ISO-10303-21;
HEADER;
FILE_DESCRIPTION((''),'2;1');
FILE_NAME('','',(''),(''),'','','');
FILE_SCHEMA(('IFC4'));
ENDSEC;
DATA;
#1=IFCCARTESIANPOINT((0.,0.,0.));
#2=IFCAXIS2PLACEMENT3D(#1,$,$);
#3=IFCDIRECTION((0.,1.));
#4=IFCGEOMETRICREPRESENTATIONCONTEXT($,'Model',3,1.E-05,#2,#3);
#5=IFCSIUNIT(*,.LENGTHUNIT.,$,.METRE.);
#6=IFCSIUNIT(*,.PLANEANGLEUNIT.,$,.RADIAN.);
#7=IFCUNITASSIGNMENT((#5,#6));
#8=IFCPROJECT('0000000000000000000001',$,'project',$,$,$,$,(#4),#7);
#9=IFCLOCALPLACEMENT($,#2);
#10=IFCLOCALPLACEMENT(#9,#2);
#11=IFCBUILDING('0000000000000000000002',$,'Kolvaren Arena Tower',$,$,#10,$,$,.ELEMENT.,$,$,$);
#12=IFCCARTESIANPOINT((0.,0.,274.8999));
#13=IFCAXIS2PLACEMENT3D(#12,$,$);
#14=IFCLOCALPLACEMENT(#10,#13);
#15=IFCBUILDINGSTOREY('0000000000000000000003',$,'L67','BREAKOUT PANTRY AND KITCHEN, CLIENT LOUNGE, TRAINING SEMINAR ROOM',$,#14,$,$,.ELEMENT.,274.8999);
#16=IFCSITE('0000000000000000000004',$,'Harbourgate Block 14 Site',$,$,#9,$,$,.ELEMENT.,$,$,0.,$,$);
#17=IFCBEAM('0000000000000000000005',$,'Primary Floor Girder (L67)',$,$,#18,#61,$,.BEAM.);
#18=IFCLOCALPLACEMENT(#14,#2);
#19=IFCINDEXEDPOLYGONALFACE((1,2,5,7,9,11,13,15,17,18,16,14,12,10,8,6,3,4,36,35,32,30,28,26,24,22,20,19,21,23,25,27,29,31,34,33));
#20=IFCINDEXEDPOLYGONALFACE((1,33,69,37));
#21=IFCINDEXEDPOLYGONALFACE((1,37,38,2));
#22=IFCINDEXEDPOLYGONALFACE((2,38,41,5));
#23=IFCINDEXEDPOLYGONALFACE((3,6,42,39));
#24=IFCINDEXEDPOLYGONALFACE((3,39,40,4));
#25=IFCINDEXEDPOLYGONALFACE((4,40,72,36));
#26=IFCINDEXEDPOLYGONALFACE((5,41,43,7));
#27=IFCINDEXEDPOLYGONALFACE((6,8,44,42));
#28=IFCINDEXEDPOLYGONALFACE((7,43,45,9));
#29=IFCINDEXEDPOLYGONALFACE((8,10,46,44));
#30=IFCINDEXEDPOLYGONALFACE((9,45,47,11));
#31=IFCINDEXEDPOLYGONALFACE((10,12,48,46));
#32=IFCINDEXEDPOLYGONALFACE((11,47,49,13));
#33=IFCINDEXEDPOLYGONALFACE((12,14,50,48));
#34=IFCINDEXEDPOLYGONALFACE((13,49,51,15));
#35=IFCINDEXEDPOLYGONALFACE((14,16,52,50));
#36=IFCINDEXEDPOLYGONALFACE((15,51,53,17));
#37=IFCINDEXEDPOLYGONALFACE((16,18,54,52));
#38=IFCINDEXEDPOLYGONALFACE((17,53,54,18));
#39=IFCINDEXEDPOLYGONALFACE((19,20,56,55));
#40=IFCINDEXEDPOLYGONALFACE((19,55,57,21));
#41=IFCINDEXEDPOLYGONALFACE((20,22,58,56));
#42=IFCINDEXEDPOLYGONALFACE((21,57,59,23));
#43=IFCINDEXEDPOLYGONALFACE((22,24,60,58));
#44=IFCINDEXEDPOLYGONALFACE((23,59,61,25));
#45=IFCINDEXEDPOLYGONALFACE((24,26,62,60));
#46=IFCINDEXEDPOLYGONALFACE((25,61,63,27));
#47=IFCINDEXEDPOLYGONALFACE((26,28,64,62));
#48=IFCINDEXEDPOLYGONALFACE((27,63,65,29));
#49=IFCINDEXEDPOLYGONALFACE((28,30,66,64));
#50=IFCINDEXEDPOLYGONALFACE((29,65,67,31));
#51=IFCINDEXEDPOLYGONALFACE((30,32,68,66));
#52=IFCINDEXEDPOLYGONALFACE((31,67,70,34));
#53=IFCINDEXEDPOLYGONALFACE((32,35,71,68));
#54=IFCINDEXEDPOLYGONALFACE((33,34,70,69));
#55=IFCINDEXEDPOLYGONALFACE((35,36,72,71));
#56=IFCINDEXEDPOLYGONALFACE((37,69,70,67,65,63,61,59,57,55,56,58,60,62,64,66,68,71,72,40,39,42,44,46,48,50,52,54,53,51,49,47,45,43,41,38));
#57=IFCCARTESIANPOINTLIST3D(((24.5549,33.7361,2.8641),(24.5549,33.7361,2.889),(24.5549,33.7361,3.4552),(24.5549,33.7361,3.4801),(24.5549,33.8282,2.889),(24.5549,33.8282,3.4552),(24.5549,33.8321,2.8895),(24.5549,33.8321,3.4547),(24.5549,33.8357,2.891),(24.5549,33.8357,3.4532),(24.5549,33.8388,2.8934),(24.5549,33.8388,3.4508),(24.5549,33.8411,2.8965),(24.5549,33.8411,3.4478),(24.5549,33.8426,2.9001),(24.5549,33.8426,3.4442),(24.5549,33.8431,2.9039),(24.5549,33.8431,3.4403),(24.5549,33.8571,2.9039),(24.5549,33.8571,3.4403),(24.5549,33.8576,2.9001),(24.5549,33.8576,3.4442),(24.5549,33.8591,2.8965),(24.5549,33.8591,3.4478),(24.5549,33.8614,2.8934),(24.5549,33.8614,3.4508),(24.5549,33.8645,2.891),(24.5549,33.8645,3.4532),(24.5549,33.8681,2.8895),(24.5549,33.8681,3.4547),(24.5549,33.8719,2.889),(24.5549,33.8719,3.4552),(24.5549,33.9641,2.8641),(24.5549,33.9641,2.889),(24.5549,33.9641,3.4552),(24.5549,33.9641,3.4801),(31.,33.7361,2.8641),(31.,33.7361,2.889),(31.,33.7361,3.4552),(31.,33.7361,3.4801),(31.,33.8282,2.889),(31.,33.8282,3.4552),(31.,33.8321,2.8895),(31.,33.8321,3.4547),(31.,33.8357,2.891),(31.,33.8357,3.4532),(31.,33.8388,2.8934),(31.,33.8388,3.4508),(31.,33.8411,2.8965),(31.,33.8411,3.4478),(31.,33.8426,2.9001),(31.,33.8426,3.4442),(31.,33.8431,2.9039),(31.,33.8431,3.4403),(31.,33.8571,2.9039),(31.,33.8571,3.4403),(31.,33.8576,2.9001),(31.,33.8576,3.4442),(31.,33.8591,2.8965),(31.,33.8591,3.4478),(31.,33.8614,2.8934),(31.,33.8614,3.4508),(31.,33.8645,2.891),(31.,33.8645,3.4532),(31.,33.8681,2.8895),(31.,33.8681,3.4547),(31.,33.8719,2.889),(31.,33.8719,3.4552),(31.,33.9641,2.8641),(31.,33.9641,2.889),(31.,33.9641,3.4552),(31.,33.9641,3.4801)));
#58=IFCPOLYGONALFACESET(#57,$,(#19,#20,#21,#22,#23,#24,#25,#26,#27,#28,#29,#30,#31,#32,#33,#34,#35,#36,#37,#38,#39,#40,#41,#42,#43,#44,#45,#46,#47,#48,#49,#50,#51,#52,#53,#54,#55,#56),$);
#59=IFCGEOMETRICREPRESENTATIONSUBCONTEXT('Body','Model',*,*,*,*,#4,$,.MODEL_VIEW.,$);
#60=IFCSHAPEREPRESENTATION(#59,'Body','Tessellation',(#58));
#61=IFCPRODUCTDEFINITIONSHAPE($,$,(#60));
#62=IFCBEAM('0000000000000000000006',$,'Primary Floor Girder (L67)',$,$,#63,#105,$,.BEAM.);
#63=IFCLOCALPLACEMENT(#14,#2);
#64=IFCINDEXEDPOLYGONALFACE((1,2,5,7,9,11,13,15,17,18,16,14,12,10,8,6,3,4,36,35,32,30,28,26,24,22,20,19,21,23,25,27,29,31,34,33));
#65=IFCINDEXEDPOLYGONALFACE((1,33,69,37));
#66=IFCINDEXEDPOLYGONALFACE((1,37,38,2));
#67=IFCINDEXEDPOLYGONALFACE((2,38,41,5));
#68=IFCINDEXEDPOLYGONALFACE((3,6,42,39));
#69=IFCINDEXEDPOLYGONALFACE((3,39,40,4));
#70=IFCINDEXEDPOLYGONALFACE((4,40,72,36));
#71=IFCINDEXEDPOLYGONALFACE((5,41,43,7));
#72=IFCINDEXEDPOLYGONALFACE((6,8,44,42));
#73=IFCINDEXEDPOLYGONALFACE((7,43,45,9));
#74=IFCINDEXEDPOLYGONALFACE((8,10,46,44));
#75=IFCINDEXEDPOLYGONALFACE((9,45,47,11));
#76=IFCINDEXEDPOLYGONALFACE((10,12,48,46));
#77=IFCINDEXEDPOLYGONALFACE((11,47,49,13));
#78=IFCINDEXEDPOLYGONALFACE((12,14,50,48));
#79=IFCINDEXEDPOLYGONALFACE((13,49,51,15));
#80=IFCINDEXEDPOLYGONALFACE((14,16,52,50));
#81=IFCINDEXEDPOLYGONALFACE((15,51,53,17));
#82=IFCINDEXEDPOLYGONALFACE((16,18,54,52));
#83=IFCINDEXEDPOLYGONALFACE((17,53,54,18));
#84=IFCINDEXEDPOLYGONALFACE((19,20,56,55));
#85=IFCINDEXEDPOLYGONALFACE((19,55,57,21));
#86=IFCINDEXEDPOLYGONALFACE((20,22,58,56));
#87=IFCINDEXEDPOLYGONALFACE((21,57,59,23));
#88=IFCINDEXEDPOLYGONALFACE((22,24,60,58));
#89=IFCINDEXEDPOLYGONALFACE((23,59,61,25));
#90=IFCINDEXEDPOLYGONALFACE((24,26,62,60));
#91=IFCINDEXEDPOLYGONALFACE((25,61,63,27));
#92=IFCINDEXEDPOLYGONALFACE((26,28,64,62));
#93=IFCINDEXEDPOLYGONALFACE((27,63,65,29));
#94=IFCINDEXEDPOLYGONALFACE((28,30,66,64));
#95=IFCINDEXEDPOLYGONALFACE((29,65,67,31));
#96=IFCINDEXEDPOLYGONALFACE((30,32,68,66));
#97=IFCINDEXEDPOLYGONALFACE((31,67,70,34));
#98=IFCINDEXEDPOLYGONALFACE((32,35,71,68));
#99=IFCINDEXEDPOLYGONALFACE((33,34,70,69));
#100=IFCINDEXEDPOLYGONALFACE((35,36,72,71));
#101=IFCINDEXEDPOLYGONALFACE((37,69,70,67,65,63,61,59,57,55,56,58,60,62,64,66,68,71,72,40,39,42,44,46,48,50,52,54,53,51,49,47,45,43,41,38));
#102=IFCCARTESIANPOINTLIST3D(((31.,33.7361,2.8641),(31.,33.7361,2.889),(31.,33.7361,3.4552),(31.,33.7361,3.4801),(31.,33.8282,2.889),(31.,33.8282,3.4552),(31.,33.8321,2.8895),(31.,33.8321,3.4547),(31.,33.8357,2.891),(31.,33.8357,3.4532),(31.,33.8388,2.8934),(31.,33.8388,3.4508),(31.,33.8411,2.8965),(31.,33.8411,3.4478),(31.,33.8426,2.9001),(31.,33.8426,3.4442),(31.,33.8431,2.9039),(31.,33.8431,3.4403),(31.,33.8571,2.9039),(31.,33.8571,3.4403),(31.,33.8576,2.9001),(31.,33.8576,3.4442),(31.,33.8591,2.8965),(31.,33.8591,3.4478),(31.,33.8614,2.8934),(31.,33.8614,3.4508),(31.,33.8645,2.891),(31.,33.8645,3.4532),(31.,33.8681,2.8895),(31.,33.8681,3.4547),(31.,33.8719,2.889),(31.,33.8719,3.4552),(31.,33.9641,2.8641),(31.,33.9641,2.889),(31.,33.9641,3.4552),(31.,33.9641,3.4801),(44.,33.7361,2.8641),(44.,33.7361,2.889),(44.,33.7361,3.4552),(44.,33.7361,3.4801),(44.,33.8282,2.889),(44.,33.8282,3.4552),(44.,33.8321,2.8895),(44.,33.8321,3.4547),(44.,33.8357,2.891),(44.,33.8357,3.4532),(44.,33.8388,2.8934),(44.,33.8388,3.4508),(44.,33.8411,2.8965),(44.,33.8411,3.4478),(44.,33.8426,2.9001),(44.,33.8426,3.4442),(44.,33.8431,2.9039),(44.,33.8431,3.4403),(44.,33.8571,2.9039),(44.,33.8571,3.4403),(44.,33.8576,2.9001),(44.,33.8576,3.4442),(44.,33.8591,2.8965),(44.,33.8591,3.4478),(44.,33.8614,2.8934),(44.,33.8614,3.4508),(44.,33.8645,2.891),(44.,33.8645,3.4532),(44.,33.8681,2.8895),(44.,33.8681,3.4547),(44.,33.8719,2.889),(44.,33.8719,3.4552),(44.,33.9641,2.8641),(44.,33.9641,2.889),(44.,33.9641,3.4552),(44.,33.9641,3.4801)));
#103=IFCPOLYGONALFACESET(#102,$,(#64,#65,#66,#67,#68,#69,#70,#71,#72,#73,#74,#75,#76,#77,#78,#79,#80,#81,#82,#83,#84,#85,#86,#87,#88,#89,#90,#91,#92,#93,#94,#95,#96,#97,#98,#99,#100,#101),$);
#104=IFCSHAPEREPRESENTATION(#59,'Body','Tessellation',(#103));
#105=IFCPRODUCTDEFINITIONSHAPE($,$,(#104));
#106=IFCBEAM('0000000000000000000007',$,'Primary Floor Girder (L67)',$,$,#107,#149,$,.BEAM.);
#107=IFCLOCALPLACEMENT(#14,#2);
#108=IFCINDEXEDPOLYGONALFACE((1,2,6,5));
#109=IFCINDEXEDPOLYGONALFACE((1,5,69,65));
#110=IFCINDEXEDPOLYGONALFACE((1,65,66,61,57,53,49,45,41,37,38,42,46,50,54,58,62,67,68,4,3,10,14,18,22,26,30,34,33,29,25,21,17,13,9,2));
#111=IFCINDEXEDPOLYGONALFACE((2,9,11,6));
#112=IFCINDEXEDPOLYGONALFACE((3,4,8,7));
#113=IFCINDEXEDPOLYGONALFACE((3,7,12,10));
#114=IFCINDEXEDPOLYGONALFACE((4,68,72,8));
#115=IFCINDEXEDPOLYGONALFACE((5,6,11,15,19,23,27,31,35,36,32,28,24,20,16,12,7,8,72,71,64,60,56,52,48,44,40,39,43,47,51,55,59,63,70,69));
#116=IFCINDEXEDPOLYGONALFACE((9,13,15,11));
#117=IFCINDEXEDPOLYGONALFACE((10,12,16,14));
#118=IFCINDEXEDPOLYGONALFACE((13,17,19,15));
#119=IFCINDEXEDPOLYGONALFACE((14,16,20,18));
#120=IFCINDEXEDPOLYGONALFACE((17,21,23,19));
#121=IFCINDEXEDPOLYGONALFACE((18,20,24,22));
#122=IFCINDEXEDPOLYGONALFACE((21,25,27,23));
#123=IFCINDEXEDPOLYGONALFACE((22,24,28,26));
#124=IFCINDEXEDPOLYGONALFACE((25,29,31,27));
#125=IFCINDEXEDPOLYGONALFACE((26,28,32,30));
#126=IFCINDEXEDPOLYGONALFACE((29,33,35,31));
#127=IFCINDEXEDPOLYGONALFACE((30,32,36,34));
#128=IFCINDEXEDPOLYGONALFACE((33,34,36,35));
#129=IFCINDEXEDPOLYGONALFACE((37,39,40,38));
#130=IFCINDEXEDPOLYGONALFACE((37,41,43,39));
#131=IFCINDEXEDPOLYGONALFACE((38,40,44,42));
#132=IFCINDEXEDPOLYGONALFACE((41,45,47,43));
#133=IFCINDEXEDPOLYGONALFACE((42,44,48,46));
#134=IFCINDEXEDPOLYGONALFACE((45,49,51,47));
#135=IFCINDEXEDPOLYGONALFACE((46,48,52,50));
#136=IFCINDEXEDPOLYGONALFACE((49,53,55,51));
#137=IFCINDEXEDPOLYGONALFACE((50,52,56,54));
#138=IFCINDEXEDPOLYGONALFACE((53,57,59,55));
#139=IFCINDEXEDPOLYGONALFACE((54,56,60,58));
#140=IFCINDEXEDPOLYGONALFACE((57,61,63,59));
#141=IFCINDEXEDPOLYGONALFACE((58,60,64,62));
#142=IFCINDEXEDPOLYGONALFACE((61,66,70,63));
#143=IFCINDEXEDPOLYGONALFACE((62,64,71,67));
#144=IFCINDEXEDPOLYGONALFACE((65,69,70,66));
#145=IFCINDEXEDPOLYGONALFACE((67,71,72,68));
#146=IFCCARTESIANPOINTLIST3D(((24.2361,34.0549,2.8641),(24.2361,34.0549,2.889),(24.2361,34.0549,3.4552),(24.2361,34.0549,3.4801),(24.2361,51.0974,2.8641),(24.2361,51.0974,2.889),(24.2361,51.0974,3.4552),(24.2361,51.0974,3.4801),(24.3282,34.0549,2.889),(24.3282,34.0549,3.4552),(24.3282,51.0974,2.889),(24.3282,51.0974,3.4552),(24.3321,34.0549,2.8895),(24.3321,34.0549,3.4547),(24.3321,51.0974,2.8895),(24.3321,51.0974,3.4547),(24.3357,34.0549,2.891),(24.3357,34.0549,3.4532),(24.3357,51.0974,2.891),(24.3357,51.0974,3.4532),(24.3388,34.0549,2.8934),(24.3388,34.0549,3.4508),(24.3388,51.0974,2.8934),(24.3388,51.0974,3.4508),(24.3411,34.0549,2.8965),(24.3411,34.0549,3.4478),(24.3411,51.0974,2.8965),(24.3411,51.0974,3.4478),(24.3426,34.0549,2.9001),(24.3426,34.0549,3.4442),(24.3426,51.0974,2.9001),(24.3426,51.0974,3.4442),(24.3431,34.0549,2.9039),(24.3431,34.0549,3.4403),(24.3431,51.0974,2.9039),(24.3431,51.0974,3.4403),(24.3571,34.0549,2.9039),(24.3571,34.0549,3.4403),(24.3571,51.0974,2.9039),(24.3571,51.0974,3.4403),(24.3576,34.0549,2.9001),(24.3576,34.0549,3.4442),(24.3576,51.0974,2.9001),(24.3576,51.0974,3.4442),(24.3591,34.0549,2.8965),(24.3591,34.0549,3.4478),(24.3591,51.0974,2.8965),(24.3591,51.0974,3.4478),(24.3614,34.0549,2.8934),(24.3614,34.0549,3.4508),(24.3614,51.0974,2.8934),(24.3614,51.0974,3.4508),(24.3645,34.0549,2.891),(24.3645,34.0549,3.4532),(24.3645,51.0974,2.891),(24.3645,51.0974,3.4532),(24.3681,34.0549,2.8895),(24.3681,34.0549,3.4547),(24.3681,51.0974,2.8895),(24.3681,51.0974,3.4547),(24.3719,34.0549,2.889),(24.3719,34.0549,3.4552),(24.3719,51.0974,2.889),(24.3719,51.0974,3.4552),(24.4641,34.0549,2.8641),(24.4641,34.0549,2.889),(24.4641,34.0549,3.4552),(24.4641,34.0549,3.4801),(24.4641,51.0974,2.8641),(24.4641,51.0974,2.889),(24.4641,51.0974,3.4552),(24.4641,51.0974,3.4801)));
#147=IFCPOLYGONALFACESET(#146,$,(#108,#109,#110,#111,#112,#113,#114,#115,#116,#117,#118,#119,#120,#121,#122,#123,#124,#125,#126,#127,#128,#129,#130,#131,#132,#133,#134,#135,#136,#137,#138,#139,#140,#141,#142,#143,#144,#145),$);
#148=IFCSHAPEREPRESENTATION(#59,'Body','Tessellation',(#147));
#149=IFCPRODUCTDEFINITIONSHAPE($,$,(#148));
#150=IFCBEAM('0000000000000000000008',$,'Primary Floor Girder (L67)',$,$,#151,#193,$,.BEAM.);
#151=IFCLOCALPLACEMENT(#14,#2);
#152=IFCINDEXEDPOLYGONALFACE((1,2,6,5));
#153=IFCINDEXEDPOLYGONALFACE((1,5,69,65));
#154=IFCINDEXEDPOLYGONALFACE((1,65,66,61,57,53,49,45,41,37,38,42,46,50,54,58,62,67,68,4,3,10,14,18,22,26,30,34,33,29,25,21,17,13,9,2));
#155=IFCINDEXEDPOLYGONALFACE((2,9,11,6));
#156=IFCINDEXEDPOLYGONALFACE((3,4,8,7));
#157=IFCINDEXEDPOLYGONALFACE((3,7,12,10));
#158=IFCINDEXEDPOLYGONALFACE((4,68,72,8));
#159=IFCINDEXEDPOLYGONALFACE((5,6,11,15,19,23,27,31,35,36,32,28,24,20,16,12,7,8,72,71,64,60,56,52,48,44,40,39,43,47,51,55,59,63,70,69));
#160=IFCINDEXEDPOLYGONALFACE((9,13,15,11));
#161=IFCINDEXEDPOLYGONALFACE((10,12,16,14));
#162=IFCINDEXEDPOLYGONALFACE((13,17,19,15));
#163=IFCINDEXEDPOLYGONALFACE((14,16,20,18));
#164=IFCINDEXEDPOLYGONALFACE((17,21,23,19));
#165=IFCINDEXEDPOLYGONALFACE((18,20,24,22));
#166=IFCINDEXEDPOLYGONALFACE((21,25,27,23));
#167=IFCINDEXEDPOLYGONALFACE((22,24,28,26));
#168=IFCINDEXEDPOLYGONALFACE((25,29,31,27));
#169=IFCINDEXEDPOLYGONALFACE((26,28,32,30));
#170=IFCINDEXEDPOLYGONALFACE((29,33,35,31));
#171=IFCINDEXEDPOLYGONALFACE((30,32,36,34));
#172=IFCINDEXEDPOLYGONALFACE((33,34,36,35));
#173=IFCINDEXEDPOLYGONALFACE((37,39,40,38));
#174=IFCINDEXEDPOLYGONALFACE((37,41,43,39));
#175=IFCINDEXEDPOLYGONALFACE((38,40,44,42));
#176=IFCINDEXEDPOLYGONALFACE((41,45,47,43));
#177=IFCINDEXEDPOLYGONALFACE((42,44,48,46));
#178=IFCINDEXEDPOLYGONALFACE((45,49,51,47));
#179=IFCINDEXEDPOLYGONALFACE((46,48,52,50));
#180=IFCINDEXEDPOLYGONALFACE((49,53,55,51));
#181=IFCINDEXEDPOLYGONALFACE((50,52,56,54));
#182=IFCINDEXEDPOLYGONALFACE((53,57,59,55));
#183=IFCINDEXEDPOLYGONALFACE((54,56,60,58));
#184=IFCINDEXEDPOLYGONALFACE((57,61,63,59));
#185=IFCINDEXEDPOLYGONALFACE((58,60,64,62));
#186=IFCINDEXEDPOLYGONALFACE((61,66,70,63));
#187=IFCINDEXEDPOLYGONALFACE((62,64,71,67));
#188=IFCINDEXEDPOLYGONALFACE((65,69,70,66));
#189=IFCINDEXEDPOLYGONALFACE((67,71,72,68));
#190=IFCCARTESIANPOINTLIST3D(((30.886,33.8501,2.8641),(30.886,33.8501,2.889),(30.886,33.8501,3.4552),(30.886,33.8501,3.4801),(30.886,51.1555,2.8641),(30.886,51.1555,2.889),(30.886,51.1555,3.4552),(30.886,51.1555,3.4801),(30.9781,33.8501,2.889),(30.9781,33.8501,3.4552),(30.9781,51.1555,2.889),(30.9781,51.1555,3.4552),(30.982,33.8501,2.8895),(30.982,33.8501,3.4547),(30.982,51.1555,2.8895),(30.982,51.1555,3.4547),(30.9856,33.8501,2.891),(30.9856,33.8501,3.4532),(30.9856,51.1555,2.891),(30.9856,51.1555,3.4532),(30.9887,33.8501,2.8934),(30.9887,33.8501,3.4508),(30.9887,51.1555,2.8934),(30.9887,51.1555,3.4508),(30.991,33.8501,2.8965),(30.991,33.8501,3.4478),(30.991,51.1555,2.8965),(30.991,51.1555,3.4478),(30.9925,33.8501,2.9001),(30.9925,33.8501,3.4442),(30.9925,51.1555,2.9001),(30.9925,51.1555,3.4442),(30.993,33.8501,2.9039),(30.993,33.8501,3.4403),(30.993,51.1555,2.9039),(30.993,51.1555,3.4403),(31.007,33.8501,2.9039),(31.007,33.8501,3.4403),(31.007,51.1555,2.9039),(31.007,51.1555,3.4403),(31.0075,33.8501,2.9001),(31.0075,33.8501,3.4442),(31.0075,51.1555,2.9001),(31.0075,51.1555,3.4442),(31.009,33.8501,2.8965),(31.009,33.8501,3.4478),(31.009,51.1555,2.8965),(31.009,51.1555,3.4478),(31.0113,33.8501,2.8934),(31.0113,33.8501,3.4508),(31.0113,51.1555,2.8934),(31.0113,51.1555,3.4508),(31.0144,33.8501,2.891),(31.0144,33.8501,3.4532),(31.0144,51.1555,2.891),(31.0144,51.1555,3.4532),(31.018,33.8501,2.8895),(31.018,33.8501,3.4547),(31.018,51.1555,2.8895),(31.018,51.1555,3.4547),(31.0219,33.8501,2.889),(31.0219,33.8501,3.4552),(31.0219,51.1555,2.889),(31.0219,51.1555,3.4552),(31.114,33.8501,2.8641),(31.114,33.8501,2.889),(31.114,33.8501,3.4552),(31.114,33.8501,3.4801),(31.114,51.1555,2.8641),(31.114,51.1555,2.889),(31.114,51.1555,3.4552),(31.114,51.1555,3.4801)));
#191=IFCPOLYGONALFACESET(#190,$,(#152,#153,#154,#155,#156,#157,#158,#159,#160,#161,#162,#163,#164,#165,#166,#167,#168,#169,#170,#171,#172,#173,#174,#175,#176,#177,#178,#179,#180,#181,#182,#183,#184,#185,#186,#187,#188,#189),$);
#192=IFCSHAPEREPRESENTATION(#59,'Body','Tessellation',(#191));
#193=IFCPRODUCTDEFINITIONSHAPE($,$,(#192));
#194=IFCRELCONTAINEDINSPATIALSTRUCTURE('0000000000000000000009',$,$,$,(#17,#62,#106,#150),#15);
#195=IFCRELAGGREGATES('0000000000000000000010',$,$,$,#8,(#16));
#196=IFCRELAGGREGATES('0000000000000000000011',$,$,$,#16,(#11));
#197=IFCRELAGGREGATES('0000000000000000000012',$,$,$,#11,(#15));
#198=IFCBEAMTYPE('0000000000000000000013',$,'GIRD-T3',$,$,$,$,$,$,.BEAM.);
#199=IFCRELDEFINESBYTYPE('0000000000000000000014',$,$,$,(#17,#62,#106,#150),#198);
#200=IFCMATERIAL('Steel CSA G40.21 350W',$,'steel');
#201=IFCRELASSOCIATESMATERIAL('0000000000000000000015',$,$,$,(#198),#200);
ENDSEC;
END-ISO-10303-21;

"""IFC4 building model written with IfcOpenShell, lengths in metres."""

from ifc_helpers import new_model, si_unit, direction, frame, origin, origin_2d, place, context, subcontext, project, spatial, i_section, extrude, material, material_profile, profile_set, type_object, element, save


model = new_model("IFC4")

# Units and contexts
model_context = context("Model", 3, precision=1e-05, world=origin(), true_north=direction((0.0, 1.0)))
body_context = subcontext(model_context, "Body", "Model", "MODEL_VIEW")
ifc_project = project(units=[si_unit("LENGTHUNIT", "METRE"), si_unit("PLANEANGLEUNIT", "RADIAN")], contexts=[model_context])

# Site, building, storey
site_placement = place(None, origin())
site = spatial("IfcSite", under=ifc_project, at=site_placement, Name="Harbourgate Block 14 Site", CompositionType="ELEMENT", RefElevation=0.0)
building_placement = place(site_placement, origin())
building = spatial("IfcBuilding", under=site, at=building_placement, Name="Kolvaren Arena Tower", CompositionType="ELEMENT")
storey_placement = place(building_placement, frame((0.0, 0.0, 274.8999)))
storey = spatial("IfcBuildingStorey", under=building, at=storey_placement, Name="L67", Description="BREAKOUT PANTRY AND KITCHEN, CLIENT LOUNGE, TRAINING SEMINAR ROOM", CompositionType="ELEMENT", Elevation=274.8999)

# Beams
ifc_material_1 = material(Name="Steel CSA G40.21 350W", Category="steel")
ifc_material_profile_1 = material_profile(ifc_material_1, i_section(OverallWidth=0.228, OverallDepth=0.616, WebThickness=0.0139, FlangeThickness=0.0249, FilletRadius=0.0149, at=origin_2d()), Name="W610x174")
ifc_profile_set_1 = profile_set([ifc_material_profile_1], Name="Steel CSA G40.21 350W")
beam_type_1 = type_object("IfcBeamType", Name="GIRD-T3", PredefinedType="BEAM", material=ifc_profile_set_1)
beam_1_placement = place(storey_placement, frame((24.5549, 33.8501, 3.1721), z_axis=(1.0, 0.0, 0.0), x_axis=(0.0, 1.0, 0.0)))
element("IfcBeam", 1, at=beam_1_placement, inside=storey, type_object=beam_type_1, Name="Primary Floor Girder (L67)", PredefinedType="BEAM", context=body_context, shape_type="SweptSolid", body=[
    extrude(i_section(OverallWidth=0.228, OverallDepth=0.616, WebThickness=0.0139, FlangeThickness=0.0249, FilletRadius=0.0149, at=origin_2d()), origin(), (0.0, 0.0, 1.0), 6.4451),
])
beam_2_placement = place(storey_placement, frame((31.0, 33.8501, 3.1721), z_axis=(1.0, 0.0, 0.0), x_axis=(0.0, 1.0, 0.0)))
element("IfcBeam", 2, at=beam_2_placement, inside=storey, type_object=beam_type_1, Name="Primary Floor Girder (L67)", PredefinedType="BEAM", context=body_context, shape_type="SweptSolid", body=[
    extrude(i_section(OverallWidth=0.228, OverallDepth=0.616, WebThickness=0.0139, FlangeThickness=0.0249, FilletRadius=0.0149, at=origin_2d()), origin(), (0.0, 0.0, 1.0), 13.0),
])
beam_3_placement = place(storey_placement, frame((24.3501, 34.0549, 3.1721), z_axis=(0.0, 1.0, 0.0), x_axis=(-1.0, 0.0, 0.0)))
element("IfcBeam", 3, at=beam_3_placement, inside=storey, type_object=beam_type_1, Name="Primary Floor Girder (L67)", PredefinedType="BEAM", context=body_context, shape_type="SweptSolid", body=[
    extrude(i_section(OverallWidth=0.228, OverallDepth=0.616, WebThickness=0.0139, FlangeThickness=0.0249, FilletRadius=0.0149, at=origin_2d()), origin(), (0.0, 0.0, 1.0), 17.0425),
])
beam_4_placement = place(storey_placement, frame((31.0, 33.8501, 3.1721), z_axis=(0.0, 1.0, 0.0), x_axis=(-1.0, 0.0, 0.0)))
element("IfcBeam", 4, at=beam_4_placement, inside=storey, type_object=beam_type_1, Name="Primary Floor Girder (L67)", PredefinedType="BEAM", context=body_context, shape_type="SweptSolid", body=[
    extrude(i_section(OverallWidth=0.228, OverallDepth=0.616, WebThickness=0.0139, FlangeThickness=0.0249, FilletRadius=0.0149, at=origin_2d()), origin(), (0.0, 0.0, 1.0), 17.3054),
])

save(model, "model.ifc")
